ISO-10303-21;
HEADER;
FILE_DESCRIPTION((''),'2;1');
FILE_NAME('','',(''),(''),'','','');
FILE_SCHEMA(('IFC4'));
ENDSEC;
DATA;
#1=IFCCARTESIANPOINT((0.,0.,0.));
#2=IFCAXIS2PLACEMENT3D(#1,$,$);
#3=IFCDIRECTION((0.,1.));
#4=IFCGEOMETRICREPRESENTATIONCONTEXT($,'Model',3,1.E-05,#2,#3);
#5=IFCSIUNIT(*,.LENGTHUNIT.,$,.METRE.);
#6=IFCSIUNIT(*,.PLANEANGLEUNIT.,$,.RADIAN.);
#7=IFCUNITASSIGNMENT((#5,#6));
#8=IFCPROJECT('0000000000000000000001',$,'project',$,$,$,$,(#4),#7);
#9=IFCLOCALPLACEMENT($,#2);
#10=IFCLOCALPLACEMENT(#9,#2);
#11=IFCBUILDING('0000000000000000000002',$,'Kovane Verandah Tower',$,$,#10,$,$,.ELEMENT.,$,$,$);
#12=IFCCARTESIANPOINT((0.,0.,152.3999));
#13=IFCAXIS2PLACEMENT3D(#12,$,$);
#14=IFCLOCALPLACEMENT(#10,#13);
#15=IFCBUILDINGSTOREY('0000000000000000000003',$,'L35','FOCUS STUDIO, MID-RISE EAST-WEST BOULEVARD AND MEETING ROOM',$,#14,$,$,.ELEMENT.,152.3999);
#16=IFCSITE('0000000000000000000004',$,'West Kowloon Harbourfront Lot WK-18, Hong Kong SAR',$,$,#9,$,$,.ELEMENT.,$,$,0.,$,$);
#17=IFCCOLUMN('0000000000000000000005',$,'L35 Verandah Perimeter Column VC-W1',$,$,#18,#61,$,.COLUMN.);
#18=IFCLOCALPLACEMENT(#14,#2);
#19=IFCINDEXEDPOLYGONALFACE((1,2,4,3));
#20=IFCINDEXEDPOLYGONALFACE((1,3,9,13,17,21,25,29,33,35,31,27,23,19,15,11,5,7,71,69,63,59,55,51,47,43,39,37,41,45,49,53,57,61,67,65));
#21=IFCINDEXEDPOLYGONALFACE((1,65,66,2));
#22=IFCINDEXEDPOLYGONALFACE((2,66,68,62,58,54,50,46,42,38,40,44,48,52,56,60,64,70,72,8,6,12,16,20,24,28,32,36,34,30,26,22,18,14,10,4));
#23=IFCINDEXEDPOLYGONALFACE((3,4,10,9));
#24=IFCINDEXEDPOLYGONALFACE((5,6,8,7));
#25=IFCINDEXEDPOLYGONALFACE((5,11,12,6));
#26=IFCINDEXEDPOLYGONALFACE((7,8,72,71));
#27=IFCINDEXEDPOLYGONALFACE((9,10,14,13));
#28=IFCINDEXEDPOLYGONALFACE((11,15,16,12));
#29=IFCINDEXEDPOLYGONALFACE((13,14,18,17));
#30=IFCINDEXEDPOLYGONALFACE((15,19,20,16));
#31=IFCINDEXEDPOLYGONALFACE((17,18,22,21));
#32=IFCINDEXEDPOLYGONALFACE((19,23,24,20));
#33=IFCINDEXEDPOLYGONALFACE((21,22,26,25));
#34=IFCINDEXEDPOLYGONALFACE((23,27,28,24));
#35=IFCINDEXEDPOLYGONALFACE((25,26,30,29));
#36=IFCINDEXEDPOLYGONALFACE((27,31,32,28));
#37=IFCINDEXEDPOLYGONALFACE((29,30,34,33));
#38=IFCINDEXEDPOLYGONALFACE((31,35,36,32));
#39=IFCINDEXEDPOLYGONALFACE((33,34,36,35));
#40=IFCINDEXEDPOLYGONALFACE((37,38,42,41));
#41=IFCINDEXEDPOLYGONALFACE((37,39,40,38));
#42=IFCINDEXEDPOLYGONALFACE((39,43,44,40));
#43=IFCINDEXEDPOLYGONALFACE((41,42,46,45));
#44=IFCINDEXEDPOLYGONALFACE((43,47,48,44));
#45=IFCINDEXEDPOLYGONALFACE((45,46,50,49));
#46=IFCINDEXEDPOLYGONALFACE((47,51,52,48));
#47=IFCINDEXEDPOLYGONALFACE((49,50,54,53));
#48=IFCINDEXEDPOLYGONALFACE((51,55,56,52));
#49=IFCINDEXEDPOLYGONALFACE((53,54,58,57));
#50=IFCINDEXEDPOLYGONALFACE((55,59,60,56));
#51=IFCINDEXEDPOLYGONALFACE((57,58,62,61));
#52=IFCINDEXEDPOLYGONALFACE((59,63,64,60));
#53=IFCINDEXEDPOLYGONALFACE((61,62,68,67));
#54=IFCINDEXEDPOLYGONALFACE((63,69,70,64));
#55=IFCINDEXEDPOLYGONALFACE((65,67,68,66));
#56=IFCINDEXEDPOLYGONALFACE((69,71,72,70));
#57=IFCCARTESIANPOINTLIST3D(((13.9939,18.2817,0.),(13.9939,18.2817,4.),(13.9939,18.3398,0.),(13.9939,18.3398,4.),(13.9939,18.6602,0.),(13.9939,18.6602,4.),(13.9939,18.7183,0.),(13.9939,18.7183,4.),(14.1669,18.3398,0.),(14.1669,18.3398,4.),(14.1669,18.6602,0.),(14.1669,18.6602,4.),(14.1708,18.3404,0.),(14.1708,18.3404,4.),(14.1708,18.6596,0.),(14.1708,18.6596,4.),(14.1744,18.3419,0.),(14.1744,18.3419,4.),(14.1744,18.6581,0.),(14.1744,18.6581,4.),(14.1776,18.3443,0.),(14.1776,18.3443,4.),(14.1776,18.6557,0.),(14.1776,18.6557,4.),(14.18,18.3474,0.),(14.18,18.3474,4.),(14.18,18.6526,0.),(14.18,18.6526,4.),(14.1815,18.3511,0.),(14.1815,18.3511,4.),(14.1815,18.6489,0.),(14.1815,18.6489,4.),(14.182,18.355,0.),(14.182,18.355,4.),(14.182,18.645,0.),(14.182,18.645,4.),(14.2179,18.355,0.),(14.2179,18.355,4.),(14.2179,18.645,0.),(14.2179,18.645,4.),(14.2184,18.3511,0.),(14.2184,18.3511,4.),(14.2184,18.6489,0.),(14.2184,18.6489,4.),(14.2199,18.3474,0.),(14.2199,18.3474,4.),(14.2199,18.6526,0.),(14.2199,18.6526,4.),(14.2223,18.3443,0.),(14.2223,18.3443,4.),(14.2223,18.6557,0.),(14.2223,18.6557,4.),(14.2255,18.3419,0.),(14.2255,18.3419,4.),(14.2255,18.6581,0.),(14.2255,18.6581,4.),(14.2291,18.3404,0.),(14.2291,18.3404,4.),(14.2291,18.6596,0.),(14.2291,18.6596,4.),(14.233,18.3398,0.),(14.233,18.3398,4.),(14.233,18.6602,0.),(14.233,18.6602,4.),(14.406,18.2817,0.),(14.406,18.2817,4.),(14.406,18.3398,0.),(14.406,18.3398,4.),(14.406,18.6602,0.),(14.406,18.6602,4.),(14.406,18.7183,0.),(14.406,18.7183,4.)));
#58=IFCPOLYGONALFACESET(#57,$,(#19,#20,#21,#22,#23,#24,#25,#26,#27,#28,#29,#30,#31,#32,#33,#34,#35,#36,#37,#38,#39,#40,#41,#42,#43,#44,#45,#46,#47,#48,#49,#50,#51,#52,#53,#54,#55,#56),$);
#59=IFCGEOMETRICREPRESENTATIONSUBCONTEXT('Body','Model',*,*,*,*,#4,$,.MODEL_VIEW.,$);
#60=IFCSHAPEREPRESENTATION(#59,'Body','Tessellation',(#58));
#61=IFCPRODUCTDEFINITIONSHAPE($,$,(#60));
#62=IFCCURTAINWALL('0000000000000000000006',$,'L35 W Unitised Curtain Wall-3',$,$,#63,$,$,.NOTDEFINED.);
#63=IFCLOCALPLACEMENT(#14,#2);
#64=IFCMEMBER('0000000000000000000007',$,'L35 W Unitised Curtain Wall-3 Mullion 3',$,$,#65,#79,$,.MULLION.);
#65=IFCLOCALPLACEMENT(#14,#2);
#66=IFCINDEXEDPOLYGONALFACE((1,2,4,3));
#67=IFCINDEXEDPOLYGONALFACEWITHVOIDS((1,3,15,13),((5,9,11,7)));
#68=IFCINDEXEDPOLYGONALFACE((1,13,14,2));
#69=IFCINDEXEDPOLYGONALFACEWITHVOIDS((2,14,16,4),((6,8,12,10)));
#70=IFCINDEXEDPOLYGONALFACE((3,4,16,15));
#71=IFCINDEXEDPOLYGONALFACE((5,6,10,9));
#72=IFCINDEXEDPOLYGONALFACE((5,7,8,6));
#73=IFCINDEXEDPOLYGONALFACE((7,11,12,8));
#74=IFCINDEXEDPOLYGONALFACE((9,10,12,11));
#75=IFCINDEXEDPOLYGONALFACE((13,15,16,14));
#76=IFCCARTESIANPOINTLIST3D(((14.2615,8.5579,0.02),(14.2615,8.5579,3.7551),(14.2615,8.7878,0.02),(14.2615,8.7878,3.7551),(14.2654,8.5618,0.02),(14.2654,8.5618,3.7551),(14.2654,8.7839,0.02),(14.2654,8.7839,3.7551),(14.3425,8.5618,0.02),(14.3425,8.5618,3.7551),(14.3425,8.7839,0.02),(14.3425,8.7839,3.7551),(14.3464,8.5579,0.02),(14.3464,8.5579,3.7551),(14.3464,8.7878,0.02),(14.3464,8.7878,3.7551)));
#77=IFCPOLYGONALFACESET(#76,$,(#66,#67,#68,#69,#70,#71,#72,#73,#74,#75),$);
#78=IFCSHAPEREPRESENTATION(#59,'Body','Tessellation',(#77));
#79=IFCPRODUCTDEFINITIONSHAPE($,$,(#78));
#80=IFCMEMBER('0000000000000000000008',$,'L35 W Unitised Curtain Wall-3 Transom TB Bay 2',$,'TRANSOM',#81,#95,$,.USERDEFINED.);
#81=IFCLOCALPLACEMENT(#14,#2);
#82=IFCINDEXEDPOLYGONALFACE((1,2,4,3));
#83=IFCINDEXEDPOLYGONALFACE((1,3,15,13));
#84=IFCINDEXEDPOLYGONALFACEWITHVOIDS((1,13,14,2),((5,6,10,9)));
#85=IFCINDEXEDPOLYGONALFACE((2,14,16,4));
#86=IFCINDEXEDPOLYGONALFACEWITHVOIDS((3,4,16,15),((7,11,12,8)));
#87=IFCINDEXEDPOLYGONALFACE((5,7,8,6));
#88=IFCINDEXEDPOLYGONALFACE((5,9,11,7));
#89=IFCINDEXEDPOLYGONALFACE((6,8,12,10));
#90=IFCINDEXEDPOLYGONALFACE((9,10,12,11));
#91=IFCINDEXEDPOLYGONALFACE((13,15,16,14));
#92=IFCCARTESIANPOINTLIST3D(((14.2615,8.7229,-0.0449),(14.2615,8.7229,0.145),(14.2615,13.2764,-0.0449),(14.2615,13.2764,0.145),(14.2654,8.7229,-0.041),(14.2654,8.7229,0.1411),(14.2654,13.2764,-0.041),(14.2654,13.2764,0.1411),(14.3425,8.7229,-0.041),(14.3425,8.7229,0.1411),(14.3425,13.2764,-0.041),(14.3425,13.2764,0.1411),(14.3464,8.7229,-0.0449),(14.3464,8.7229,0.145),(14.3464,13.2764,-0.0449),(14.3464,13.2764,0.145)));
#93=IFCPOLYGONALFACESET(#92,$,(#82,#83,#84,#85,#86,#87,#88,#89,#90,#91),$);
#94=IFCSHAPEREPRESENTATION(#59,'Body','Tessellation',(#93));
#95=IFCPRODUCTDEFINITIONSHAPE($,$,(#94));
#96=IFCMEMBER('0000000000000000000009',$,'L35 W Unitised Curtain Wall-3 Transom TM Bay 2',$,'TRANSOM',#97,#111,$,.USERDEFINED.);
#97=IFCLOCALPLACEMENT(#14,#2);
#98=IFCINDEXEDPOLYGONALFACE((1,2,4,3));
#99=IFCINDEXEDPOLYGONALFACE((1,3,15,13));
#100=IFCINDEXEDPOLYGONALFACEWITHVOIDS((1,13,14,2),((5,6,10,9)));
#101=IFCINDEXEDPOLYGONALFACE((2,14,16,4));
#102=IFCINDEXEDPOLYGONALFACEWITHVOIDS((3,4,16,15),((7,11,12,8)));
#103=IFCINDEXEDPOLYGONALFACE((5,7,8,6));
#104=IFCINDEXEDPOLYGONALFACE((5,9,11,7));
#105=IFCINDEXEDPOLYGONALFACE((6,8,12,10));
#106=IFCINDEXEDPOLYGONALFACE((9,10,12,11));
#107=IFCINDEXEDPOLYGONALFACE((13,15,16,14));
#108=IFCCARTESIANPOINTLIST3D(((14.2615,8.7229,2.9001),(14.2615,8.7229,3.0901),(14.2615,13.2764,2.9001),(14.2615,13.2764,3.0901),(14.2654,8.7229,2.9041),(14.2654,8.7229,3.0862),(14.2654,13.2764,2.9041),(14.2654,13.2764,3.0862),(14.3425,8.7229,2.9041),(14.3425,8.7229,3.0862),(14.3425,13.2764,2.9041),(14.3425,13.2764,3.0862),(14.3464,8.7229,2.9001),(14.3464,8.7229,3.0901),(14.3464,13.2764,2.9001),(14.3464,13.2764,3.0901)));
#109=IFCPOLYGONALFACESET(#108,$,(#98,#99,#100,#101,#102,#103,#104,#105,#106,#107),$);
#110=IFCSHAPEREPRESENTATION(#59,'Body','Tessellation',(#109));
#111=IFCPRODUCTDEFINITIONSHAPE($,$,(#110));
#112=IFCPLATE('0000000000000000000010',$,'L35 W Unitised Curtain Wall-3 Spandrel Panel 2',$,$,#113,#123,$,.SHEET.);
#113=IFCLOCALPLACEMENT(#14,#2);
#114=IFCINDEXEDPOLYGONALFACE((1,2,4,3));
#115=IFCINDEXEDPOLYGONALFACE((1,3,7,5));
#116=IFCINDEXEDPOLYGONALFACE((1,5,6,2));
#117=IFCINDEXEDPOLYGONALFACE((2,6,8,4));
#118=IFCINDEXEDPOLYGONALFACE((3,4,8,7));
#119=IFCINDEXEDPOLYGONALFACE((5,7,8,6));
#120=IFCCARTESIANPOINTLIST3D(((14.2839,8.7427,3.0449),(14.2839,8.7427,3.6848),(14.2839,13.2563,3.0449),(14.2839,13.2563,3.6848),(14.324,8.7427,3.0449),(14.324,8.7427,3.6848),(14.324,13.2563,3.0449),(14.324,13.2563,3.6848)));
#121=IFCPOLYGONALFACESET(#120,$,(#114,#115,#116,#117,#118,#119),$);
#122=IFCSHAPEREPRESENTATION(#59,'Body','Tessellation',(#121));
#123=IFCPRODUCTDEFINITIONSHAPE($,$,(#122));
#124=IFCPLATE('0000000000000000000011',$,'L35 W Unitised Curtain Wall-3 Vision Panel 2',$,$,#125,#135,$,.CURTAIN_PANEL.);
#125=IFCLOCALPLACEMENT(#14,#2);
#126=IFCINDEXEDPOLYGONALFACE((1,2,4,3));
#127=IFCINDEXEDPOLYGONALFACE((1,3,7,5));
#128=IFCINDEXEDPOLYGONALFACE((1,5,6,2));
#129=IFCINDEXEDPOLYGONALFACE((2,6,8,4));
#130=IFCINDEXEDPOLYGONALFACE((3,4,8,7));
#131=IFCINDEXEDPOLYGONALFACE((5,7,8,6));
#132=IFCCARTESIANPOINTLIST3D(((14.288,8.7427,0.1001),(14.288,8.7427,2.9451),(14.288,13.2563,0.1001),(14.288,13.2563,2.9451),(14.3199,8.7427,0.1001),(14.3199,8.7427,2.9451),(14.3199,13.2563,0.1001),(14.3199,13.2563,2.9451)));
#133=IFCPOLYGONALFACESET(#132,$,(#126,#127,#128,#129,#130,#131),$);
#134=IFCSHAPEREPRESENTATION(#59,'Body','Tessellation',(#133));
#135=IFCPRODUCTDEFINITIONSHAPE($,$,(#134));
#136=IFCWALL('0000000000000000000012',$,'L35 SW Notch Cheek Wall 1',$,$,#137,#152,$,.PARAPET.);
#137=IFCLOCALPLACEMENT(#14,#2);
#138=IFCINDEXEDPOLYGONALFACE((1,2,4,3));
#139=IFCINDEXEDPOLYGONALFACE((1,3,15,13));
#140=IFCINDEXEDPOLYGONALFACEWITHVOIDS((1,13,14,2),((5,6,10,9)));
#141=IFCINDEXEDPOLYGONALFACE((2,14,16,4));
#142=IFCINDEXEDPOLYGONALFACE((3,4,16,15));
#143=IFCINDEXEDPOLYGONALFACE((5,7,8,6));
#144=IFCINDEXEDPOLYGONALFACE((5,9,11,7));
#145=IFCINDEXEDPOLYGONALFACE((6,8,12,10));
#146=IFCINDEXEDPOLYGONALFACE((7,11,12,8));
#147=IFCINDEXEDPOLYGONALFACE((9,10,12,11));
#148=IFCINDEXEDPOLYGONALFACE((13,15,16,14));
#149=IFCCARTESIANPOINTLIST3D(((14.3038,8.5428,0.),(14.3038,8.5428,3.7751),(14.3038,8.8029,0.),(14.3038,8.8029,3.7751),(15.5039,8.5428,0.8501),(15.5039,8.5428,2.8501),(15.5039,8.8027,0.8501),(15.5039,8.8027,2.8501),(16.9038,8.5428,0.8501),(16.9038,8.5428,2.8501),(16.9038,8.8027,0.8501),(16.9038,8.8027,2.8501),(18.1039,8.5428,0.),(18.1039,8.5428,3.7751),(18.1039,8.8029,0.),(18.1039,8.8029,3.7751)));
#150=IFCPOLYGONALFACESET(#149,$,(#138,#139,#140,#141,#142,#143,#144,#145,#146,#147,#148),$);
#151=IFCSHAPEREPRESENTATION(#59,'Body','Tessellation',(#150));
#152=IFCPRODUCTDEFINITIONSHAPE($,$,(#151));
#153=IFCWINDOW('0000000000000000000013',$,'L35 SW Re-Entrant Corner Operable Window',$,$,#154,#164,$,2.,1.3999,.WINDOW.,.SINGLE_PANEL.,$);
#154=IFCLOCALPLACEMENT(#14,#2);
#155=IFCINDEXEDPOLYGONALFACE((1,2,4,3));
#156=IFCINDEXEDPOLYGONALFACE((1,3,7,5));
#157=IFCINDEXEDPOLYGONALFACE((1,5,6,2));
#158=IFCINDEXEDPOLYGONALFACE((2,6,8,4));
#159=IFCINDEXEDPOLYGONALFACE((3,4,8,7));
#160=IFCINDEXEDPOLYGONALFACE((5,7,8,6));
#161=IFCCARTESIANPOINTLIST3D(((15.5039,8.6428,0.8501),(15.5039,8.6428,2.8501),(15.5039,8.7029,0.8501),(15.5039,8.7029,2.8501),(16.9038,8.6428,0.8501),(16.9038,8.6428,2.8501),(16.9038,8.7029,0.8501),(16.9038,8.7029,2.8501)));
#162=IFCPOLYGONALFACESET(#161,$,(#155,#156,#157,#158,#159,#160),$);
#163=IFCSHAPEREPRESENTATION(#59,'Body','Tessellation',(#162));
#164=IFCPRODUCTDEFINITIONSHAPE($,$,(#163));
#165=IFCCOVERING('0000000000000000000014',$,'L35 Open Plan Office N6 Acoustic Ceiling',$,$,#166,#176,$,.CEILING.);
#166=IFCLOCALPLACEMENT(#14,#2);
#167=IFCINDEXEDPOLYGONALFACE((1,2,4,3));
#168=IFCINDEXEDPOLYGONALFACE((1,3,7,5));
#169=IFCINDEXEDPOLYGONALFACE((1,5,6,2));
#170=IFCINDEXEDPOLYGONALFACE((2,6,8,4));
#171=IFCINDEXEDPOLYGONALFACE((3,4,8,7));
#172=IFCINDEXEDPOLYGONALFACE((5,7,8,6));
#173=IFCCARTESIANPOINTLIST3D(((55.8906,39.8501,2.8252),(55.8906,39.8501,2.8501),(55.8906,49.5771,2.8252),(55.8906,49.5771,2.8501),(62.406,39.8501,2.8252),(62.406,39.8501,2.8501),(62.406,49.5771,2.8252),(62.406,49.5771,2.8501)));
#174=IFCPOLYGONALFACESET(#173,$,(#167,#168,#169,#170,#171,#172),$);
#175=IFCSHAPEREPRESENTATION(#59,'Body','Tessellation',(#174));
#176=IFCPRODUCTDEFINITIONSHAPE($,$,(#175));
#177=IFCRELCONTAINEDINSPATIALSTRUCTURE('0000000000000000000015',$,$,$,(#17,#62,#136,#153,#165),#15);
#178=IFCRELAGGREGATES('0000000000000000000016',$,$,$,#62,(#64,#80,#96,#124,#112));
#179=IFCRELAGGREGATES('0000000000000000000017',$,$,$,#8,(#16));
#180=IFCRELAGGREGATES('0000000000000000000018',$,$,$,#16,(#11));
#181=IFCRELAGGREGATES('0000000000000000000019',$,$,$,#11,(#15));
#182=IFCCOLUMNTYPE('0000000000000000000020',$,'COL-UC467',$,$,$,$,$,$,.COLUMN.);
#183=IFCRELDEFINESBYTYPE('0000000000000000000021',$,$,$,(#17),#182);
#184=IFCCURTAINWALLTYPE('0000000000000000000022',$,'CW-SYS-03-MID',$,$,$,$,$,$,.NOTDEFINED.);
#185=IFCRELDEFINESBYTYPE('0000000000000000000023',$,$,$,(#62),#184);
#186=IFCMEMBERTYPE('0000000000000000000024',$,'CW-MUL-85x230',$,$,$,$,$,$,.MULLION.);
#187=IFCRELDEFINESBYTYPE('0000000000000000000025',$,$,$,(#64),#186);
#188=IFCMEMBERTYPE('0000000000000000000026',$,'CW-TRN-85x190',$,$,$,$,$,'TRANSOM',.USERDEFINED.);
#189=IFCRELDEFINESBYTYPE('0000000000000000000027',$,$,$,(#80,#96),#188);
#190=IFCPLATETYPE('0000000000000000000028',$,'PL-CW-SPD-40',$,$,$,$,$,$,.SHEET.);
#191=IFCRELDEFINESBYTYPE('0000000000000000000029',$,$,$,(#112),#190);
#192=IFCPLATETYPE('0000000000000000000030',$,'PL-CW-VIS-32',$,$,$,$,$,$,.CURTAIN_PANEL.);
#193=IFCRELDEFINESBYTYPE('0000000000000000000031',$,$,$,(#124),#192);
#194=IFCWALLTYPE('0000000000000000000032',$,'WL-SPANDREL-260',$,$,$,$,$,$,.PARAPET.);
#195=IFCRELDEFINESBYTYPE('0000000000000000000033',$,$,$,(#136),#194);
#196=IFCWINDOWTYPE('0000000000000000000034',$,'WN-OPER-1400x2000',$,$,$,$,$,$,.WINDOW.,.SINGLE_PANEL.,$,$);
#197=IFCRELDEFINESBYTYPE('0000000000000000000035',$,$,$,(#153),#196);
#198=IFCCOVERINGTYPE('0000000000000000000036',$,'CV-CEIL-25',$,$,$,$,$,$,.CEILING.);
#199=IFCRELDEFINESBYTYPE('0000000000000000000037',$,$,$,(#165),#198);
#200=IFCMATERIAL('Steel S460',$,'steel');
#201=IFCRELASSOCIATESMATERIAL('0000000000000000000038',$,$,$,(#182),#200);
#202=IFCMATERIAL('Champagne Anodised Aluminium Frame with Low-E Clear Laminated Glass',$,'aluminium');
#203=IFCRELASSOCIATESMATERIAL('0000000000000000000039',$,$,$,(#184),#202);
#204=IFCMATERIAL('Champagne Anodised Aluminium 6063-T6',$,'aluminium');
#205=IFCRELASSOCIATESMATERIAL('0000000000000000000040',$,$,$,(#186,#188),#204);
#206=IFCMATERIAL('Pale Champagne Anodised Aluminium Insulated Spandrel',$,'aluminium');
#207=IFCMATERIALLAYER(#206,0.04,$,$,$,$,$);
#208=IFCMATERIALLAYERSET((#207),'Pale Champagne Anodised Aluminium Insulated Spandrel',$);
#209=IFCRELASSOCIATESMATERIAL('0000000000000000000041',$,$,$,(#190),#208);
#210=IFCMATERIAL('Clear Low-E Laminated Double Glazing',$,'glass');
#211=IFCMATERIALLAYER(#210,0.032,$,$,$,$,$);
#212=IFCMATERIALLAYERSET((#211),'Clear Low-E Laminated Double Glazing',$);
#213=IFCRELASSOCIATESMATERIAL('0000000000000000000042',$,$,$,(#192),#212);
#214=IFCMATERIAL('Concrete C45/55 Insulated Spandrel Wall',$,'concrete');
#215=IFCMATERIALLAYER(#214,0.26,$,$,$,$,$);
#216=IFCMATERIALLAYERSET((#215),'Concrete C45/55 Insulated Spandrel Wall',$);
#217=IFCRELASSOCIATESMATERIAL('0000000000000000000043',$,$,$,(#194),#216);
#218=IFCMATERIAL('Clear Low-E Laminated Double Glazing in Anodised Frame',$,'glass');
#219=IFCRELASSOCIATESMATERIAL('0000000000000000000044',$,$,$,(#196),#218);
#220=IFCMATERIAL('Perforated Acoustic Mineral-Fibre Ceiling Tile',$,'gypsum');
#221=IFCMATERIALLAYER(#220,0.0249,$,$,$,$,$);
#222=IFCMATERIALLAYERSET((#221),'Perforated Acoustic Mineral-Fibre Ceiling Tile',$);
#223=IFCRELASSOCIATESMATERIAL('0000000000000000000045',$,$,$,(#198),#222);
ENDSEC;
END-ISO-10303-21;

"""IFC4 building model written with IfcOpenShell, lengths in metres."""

from ifc_helpers import new_model, si_unit, direction, frame, frame_2d, origin, origin_2d, place, context, subcontext, project, spatial, polyline, rectangle, hollow_rectangle, i_section, outline, extrude, material, layer, layer_set, material_profile, profile_set, type_object, element, fill, aggregate, save


model = new_model("IFC4")

# Units and contexts
model_context = context("Model", 3, precision=1e-05, world=origin(), true_north=direction((0.0, 1.0)))
body_context = subcontext(model_context, "Body", "Model", "MODEL_VIEW")
ifc_project = project(units=[si_unit("LENGTHUNIT", "METRE"), si_unit("PLANEANGLEUNIT", "RADIAN")], contexts=[model_context])

# Site, building, storey
site_placement = place(None, origin())
site = spatial("IfcSite", under=ifc_project, at=site_placement, Name="West Kowloon Harbourfront Lot WK-18, Hong Kong SAR", CompositionType="ELEMENT", RefElevation=0.0)
building_placement = place(site_placement, origin())
building = spatial("IfcBuilding", under=site, at=building_placement, Name="Kovane Verandah Tower", CompositionType="ELEMENT")
storey_placement = place(building_placement, frame((0.0, 0.0, 152.3999)))
storey = spatial("IfcBuildingStorey", under=building, at=storey_placement, Name="L35", Description="FOCUS STUDIO, MID-RISE EAST-WEST BOULEVARD AND MEETING ROOM", CompositionType="ELEMENT", Elevation=152.3999)

# Column
ifc_material_1 = material(Name="Steel S460", Category="steel")
ifc_material_profile_1 = material_profile(ifc_material_1, i_section(OverallWidth=0.4121, OverallDepth=0.4365, WebThickness=0.0359, FlangeThickness=0.0581, FilletRadius=0.0151, at=origin_2d()), Name="UC356x406x467")
ifc_profile_set_1 = profile_set([ifc_material_profile_1], Name="Steel S460")
column_type = type_object("IfcColumnType", Name="COL-UC467", PredefinedType="COLUMN", material=ifc_profile_set_1)
column_placement = place(storey_placement, frame((14.2, 18.5, 0.0), z_axis=(0.0, 0.0, 1.0), x_axis=(1.0, 0.0, 0.0)))
element("IfcColumn", 1, at=column_placement, inside=storey, type_object=column_type, Name="L35 Verandah Perimeter Column VC-W1", PredefinedType="COLUMN", context=body_context, shape_type="SweptSolid", body=[
    extrude(i_section(OverallWidth=0.4121, OverallDepth=0.4365, WebThickness=0.0359, FlangeThickness=0.0581, FilletRadius=0.0151, at=origin_2d()), origin(), (0.0, 0.0, 1.0), 4.0),
])

# Curtain wall, members, plates
ifc_material_2 = material(Name="Champagne Anodised Aluminium Frame with Low-E Clear Laminated Glass", Category="aluminium")
curtain_wall_type = type_object("IfcCurtainWallType", Name="CW-SYS-03-MID", PredefinedType="NOTDEFINED", material=ifc_material_2)
curtain_wall_placement = place(storey_placement, origin())
curtain_wall = element("IfcCurtainWall", 2, at=curtain_wall_placement, inside=storey, type_object=curtain_wall_type, Name="L35 W Unitised Curtain Wall-3", PredefinedType="NOTDEFINED")
ifc_material_3 = material(Name="Champagne Anodised Aluminium 6063-T6", Category="aluminium")
ifc_material_profile_2 = material_profile(ifc_material_3, hollow_rectangle(XDim=0.085, YDim=0.23, WallThickness=0.0039, at=origin_2d()), Name="AL85x230x4")
ifc_profile_set_2 = profile_set([ifc_material_profile_2], Name="Champagne Anodised Aluminium 6063-T6")
member_type_1 = type_object("IfcMemberType", Name="CW-MUL-85x230", PredefinedType="MULLION", material=ifc_profile_set_2)
member_1_placement = place(storey_placement, frame((14.304, 8.6729, 0.02), z_axis=(0.0, 0.0, 1.0), x_axis=(-1.0, 0.0, 0.0)))
member_1 = element("IfcMember", 3, at=member_1_placement, type_object=member_type_1, Name="L35 W Unitised Curtain Wall-3 Mullion 3", PredefinedType="MULLION", context=body_context, shape_type="SweptSolid", body=[
    extrude(hollow_rectangle(XDim=0.085, YDim=0.23, WallThickness=0.0039, at=origin_2d()), origin(), (0.0, 0.0, 1.0), 3.7351),
])
ifc_material_profile_3 = material_profile(ifc_material_3, hollow_rectangle(XDim=0.085, YDim=0.1899, WallThickness=0.0039, at=origin_2d()), Name="AL85x190x4")
ifc_profile_set_3 = profile_set([ifc_material_profile_3], Name="Champagne Anodised Aluminium 6063-T6")
member_type_2 = type_object("IfcMemberType", Name="CW-TRN-85x190", ElementType="TRANSOM", PredefinedType="USERDEFINED", material=ifc_profile_set_3)
member_2_placement = place(storey_placement, frame((14.304, 13.2764, 0.05), z_axis=(0.0, -1.0, 0.0), x_axis=(1.0, 0.0, 0.0)))
member_2 = element("IfcMember", 4, at=member_2_placement, type_object=member_type_2, Name="L35 W Unitised Curtain Wall-3 Transom TB Bay 2", ObjectType="TRANSOM", PredefinedType="USERDEFINED", context=body_context, shape_type="SweptSolid", body=[
    extrude(hollow_rectangle(XDim=0.085, YDim=0.1899, WallThickness=0.0039, at=origin_2d()), origin(), (0.0, 0.0, 1.0), 4.5535),
])
member_3_placement = place(storey_placement, frame((14.304, 13.2764, 2.9951), z_axis=(0.0, -1.0, 0.0), x_axis=(1.0, 0.0, 0.0)))
member_3 = element("IfcMember", 5, at=member_3_placement, type_object=member_type_2, Name="L35 W Unitised Curtain Wall-3 Transom TM Bay 2", ObjectType="TRANSOM", PredefinedType="USERDEFINED", context=body_context, shape_type="SweptSolid", body=[
    extrude(hollow_rectangle(XDim=0.085, YDim=0.1899, WallThickness=0.0039, at=origin_2d()), origin(), (0.0, 0.0, 1.0), 4.5535),
])
ifc_material_4 = material(Name="Pale Champagne Anodised Aluminium Insulated Spandrel", Category="aluminium")
ifc_layer_1 = layer(ifc_material_4, 0.04)
ifc_layer_set_1 = layer_set([ifc_layer_1], Name="Pale Champagne Anodised Aluminium Insulated Spandrel")
plate_type_1 = type_object("IfcPlateType", Name="PL-CW-SPD-40", PredefinedType="SHEET", material=ifc_layer_set_1)
plate_1_placement = place(storey_placement, frame((14.304, 10.9995, 3.0449), z_axis=(0.0, 0.0, 1.0), x_axis=(0.0, -1.0, 0.0)))
plate_1 = element("IfcPlate", 6, at=plate_1_placement, type_object=plate_type_1, Name="L35 W Unitised Curtain Wall-3 Spandrel Panel 2", PredefinedType="SHEET", context=body_context, shape_type="SweptSolid", body=[
    extrude(rectangle(XDim=4.5137, YDim=0.04, at=origin_2d()), origin(), (0.0, 0.0, 1.0), 0.6399),
])
ifc_material_5 = material(Name="Clear Low-E Laminated Double Glazing", Category="glass")
ifc_layer_2 = layer(ifc_material_5, 0.032)
ifc_layer_set_2 = layer_set([ifc_layer_2], Name="Clear Low-E Laminated Double Glazing")
plate_type_2 = type_object("IfcPlateType", Name="PL-CW-VIS-32", PredefinedType="CURTAIN_PANEL", material=ifc_layer_set_2)
plate_2_placement = place(storey_placement, frame((14.304, 10.9995, 0.1001), z_axis=(0.0, 0.0, 1.0), x_axis=(0.0, -1.0, 0.0)))
plate_2 = element("IfcPlate", 7, at=plate_2_placement, type_object=plate_type_2, Name="L35 W Unitised Curtain Wall-3 Vision Panel 2", PredefinedType="CURTAIN_PANEL", context=body_context, shape_type="SweptSolid", body=[
    extrude(rectangle(XDim=4.5137, YDim=0.032, at=origin_2d()), origin(), (0.0, 0.0, 1.0), 2.845),
])
aggregate(curtain_wall, [member_1, member_2, member_3, plate_2, plate_1])

# Wall, opening, window
ifc_material_6 = material(Name="Concrete C45/55 Insulated Spandrel Wall", Category="concrete")
ifc_layer_3 = layer(ifc_material_6, 0.26)
ifc_layer_set_3 = layer_set([ifc_layer_3], Name="Concrete C45/55 Insulated Spandrel Wall")
wall_type = type_object("IfcWallType", Name="WL-SPANDREL-260", PredefinedType="PARAPET", material=ifc_layer_set_3)
wall_placement = place(storey_placement, frame((14.304, 8.6729, 0.0), z_axis=(0.0, 0.0, 1.0), x_axis=(1.0, 0.0, 0.0)))
wall = element("IfcWall", 8, at=wall_placement, inside=storey, type_object=wall_type, Name="L35 SW Notch Cheek Wall 1", PredefinedType="PARAPET", context=body_context, shape_type="SweptSolid", body=[
    extrude(rectangle(XDim=3.8, YDim=0.26, at=frame_2d((1.8999, 0.0))), origin(), (0.0, 0.0, 1.0), 3.7751),
])
opening_placement = place(wall_placement, frame((1.2, 0.0, 0.8501)))
opening = element("IfcOpeningElement", 9, at=opening_placement, cuts=wall, PredefinedType="OPENING", context=body_context, shape_type="SweptSolid", body=[
    extrude(rectangle(XDim=1.3999, YDim=2.0, at=frame_2d((0.7, 1.0))), frame((0.0, 0.1299, 0.0), z_axis=(0.0, -1.0, 0.0), x_axis=(1.0, 0.0, 0.0)), (0.0, 0.0, 1.0), 0.26),
])
ifc_material_7 = material(Name="Clear Low-E Laminated Double Glazing in Anodised Frame", Category="glass")
window_type = type_object("IfcWindowType", Name="WN-OPER-1400x2000", PartitioningType="SINGLE_PANEL", PredefinedType="WINDOW", material=ifc_material_7)
window_placement = place(opening_placement, origin())
window = element("IfcWindow", 10, at=window_placement, inside=storey, type_object=window_type, Name="L35 SW Re-Entrant Corner Operable Window", OverallHeight=2.0, OverallWidth=1.3999, PartitioningType="SINGLE_PANEL", PredefinedType="WINDOW", context=body_context, shape_type="SweptSolid", body=[
    extrude(rectangle(XDim=1.3999, YDim=2.0, at=frame_2d((0.7, 1.0))), frame((0.0, 0.03, 0.0), z_axis=(0.0, -1.0, 0.0), x_axis=(1.0, 0.0, 0.0)), (0.0, 0.0, 1.0), 0.0601),
])
fill(opening, window)

# Covering
ifc_material_8 = material(Name="Perforated Acoustic Mineral-Fibre Ceiling Tile", Category="gypsum")
ifc_layer_4 = layer(ifc_material_8, 0.0249)
ifc_layer_set_4 = layer_set([ifc_layer_4], Name="Perforated Acoustic Mineral-Fibre Ceiling Tile")
covering_type_1 = type_object("IfcCoveringType", Name="CV-CEIL-25", PredefinedType="CEILING", material=ifc_layer_set_4)
covering_1_placement = place(storey_placement, frame((0.0, 0.0, 2.8252)))
element("IfcCovering", 11, at=covering_1_placement, inside=storey, type_object=covering_type_1, Name="L35 Open Plan Office N6 Acoustic Ceiling", PredefinedType="CEILING", context=body_context, shape_type="SweptSolid", body=[
    extrude(outline(polyline([(55.8906, 39.8501), (62.406, 39.8501), (62.406, 49.5771), (55.8906, 49.5771), (55.8906, 39.8501)])), origin(), (0.0, 0.0, 1.0), 0.0249),
])

save(model, "model.ifc")
